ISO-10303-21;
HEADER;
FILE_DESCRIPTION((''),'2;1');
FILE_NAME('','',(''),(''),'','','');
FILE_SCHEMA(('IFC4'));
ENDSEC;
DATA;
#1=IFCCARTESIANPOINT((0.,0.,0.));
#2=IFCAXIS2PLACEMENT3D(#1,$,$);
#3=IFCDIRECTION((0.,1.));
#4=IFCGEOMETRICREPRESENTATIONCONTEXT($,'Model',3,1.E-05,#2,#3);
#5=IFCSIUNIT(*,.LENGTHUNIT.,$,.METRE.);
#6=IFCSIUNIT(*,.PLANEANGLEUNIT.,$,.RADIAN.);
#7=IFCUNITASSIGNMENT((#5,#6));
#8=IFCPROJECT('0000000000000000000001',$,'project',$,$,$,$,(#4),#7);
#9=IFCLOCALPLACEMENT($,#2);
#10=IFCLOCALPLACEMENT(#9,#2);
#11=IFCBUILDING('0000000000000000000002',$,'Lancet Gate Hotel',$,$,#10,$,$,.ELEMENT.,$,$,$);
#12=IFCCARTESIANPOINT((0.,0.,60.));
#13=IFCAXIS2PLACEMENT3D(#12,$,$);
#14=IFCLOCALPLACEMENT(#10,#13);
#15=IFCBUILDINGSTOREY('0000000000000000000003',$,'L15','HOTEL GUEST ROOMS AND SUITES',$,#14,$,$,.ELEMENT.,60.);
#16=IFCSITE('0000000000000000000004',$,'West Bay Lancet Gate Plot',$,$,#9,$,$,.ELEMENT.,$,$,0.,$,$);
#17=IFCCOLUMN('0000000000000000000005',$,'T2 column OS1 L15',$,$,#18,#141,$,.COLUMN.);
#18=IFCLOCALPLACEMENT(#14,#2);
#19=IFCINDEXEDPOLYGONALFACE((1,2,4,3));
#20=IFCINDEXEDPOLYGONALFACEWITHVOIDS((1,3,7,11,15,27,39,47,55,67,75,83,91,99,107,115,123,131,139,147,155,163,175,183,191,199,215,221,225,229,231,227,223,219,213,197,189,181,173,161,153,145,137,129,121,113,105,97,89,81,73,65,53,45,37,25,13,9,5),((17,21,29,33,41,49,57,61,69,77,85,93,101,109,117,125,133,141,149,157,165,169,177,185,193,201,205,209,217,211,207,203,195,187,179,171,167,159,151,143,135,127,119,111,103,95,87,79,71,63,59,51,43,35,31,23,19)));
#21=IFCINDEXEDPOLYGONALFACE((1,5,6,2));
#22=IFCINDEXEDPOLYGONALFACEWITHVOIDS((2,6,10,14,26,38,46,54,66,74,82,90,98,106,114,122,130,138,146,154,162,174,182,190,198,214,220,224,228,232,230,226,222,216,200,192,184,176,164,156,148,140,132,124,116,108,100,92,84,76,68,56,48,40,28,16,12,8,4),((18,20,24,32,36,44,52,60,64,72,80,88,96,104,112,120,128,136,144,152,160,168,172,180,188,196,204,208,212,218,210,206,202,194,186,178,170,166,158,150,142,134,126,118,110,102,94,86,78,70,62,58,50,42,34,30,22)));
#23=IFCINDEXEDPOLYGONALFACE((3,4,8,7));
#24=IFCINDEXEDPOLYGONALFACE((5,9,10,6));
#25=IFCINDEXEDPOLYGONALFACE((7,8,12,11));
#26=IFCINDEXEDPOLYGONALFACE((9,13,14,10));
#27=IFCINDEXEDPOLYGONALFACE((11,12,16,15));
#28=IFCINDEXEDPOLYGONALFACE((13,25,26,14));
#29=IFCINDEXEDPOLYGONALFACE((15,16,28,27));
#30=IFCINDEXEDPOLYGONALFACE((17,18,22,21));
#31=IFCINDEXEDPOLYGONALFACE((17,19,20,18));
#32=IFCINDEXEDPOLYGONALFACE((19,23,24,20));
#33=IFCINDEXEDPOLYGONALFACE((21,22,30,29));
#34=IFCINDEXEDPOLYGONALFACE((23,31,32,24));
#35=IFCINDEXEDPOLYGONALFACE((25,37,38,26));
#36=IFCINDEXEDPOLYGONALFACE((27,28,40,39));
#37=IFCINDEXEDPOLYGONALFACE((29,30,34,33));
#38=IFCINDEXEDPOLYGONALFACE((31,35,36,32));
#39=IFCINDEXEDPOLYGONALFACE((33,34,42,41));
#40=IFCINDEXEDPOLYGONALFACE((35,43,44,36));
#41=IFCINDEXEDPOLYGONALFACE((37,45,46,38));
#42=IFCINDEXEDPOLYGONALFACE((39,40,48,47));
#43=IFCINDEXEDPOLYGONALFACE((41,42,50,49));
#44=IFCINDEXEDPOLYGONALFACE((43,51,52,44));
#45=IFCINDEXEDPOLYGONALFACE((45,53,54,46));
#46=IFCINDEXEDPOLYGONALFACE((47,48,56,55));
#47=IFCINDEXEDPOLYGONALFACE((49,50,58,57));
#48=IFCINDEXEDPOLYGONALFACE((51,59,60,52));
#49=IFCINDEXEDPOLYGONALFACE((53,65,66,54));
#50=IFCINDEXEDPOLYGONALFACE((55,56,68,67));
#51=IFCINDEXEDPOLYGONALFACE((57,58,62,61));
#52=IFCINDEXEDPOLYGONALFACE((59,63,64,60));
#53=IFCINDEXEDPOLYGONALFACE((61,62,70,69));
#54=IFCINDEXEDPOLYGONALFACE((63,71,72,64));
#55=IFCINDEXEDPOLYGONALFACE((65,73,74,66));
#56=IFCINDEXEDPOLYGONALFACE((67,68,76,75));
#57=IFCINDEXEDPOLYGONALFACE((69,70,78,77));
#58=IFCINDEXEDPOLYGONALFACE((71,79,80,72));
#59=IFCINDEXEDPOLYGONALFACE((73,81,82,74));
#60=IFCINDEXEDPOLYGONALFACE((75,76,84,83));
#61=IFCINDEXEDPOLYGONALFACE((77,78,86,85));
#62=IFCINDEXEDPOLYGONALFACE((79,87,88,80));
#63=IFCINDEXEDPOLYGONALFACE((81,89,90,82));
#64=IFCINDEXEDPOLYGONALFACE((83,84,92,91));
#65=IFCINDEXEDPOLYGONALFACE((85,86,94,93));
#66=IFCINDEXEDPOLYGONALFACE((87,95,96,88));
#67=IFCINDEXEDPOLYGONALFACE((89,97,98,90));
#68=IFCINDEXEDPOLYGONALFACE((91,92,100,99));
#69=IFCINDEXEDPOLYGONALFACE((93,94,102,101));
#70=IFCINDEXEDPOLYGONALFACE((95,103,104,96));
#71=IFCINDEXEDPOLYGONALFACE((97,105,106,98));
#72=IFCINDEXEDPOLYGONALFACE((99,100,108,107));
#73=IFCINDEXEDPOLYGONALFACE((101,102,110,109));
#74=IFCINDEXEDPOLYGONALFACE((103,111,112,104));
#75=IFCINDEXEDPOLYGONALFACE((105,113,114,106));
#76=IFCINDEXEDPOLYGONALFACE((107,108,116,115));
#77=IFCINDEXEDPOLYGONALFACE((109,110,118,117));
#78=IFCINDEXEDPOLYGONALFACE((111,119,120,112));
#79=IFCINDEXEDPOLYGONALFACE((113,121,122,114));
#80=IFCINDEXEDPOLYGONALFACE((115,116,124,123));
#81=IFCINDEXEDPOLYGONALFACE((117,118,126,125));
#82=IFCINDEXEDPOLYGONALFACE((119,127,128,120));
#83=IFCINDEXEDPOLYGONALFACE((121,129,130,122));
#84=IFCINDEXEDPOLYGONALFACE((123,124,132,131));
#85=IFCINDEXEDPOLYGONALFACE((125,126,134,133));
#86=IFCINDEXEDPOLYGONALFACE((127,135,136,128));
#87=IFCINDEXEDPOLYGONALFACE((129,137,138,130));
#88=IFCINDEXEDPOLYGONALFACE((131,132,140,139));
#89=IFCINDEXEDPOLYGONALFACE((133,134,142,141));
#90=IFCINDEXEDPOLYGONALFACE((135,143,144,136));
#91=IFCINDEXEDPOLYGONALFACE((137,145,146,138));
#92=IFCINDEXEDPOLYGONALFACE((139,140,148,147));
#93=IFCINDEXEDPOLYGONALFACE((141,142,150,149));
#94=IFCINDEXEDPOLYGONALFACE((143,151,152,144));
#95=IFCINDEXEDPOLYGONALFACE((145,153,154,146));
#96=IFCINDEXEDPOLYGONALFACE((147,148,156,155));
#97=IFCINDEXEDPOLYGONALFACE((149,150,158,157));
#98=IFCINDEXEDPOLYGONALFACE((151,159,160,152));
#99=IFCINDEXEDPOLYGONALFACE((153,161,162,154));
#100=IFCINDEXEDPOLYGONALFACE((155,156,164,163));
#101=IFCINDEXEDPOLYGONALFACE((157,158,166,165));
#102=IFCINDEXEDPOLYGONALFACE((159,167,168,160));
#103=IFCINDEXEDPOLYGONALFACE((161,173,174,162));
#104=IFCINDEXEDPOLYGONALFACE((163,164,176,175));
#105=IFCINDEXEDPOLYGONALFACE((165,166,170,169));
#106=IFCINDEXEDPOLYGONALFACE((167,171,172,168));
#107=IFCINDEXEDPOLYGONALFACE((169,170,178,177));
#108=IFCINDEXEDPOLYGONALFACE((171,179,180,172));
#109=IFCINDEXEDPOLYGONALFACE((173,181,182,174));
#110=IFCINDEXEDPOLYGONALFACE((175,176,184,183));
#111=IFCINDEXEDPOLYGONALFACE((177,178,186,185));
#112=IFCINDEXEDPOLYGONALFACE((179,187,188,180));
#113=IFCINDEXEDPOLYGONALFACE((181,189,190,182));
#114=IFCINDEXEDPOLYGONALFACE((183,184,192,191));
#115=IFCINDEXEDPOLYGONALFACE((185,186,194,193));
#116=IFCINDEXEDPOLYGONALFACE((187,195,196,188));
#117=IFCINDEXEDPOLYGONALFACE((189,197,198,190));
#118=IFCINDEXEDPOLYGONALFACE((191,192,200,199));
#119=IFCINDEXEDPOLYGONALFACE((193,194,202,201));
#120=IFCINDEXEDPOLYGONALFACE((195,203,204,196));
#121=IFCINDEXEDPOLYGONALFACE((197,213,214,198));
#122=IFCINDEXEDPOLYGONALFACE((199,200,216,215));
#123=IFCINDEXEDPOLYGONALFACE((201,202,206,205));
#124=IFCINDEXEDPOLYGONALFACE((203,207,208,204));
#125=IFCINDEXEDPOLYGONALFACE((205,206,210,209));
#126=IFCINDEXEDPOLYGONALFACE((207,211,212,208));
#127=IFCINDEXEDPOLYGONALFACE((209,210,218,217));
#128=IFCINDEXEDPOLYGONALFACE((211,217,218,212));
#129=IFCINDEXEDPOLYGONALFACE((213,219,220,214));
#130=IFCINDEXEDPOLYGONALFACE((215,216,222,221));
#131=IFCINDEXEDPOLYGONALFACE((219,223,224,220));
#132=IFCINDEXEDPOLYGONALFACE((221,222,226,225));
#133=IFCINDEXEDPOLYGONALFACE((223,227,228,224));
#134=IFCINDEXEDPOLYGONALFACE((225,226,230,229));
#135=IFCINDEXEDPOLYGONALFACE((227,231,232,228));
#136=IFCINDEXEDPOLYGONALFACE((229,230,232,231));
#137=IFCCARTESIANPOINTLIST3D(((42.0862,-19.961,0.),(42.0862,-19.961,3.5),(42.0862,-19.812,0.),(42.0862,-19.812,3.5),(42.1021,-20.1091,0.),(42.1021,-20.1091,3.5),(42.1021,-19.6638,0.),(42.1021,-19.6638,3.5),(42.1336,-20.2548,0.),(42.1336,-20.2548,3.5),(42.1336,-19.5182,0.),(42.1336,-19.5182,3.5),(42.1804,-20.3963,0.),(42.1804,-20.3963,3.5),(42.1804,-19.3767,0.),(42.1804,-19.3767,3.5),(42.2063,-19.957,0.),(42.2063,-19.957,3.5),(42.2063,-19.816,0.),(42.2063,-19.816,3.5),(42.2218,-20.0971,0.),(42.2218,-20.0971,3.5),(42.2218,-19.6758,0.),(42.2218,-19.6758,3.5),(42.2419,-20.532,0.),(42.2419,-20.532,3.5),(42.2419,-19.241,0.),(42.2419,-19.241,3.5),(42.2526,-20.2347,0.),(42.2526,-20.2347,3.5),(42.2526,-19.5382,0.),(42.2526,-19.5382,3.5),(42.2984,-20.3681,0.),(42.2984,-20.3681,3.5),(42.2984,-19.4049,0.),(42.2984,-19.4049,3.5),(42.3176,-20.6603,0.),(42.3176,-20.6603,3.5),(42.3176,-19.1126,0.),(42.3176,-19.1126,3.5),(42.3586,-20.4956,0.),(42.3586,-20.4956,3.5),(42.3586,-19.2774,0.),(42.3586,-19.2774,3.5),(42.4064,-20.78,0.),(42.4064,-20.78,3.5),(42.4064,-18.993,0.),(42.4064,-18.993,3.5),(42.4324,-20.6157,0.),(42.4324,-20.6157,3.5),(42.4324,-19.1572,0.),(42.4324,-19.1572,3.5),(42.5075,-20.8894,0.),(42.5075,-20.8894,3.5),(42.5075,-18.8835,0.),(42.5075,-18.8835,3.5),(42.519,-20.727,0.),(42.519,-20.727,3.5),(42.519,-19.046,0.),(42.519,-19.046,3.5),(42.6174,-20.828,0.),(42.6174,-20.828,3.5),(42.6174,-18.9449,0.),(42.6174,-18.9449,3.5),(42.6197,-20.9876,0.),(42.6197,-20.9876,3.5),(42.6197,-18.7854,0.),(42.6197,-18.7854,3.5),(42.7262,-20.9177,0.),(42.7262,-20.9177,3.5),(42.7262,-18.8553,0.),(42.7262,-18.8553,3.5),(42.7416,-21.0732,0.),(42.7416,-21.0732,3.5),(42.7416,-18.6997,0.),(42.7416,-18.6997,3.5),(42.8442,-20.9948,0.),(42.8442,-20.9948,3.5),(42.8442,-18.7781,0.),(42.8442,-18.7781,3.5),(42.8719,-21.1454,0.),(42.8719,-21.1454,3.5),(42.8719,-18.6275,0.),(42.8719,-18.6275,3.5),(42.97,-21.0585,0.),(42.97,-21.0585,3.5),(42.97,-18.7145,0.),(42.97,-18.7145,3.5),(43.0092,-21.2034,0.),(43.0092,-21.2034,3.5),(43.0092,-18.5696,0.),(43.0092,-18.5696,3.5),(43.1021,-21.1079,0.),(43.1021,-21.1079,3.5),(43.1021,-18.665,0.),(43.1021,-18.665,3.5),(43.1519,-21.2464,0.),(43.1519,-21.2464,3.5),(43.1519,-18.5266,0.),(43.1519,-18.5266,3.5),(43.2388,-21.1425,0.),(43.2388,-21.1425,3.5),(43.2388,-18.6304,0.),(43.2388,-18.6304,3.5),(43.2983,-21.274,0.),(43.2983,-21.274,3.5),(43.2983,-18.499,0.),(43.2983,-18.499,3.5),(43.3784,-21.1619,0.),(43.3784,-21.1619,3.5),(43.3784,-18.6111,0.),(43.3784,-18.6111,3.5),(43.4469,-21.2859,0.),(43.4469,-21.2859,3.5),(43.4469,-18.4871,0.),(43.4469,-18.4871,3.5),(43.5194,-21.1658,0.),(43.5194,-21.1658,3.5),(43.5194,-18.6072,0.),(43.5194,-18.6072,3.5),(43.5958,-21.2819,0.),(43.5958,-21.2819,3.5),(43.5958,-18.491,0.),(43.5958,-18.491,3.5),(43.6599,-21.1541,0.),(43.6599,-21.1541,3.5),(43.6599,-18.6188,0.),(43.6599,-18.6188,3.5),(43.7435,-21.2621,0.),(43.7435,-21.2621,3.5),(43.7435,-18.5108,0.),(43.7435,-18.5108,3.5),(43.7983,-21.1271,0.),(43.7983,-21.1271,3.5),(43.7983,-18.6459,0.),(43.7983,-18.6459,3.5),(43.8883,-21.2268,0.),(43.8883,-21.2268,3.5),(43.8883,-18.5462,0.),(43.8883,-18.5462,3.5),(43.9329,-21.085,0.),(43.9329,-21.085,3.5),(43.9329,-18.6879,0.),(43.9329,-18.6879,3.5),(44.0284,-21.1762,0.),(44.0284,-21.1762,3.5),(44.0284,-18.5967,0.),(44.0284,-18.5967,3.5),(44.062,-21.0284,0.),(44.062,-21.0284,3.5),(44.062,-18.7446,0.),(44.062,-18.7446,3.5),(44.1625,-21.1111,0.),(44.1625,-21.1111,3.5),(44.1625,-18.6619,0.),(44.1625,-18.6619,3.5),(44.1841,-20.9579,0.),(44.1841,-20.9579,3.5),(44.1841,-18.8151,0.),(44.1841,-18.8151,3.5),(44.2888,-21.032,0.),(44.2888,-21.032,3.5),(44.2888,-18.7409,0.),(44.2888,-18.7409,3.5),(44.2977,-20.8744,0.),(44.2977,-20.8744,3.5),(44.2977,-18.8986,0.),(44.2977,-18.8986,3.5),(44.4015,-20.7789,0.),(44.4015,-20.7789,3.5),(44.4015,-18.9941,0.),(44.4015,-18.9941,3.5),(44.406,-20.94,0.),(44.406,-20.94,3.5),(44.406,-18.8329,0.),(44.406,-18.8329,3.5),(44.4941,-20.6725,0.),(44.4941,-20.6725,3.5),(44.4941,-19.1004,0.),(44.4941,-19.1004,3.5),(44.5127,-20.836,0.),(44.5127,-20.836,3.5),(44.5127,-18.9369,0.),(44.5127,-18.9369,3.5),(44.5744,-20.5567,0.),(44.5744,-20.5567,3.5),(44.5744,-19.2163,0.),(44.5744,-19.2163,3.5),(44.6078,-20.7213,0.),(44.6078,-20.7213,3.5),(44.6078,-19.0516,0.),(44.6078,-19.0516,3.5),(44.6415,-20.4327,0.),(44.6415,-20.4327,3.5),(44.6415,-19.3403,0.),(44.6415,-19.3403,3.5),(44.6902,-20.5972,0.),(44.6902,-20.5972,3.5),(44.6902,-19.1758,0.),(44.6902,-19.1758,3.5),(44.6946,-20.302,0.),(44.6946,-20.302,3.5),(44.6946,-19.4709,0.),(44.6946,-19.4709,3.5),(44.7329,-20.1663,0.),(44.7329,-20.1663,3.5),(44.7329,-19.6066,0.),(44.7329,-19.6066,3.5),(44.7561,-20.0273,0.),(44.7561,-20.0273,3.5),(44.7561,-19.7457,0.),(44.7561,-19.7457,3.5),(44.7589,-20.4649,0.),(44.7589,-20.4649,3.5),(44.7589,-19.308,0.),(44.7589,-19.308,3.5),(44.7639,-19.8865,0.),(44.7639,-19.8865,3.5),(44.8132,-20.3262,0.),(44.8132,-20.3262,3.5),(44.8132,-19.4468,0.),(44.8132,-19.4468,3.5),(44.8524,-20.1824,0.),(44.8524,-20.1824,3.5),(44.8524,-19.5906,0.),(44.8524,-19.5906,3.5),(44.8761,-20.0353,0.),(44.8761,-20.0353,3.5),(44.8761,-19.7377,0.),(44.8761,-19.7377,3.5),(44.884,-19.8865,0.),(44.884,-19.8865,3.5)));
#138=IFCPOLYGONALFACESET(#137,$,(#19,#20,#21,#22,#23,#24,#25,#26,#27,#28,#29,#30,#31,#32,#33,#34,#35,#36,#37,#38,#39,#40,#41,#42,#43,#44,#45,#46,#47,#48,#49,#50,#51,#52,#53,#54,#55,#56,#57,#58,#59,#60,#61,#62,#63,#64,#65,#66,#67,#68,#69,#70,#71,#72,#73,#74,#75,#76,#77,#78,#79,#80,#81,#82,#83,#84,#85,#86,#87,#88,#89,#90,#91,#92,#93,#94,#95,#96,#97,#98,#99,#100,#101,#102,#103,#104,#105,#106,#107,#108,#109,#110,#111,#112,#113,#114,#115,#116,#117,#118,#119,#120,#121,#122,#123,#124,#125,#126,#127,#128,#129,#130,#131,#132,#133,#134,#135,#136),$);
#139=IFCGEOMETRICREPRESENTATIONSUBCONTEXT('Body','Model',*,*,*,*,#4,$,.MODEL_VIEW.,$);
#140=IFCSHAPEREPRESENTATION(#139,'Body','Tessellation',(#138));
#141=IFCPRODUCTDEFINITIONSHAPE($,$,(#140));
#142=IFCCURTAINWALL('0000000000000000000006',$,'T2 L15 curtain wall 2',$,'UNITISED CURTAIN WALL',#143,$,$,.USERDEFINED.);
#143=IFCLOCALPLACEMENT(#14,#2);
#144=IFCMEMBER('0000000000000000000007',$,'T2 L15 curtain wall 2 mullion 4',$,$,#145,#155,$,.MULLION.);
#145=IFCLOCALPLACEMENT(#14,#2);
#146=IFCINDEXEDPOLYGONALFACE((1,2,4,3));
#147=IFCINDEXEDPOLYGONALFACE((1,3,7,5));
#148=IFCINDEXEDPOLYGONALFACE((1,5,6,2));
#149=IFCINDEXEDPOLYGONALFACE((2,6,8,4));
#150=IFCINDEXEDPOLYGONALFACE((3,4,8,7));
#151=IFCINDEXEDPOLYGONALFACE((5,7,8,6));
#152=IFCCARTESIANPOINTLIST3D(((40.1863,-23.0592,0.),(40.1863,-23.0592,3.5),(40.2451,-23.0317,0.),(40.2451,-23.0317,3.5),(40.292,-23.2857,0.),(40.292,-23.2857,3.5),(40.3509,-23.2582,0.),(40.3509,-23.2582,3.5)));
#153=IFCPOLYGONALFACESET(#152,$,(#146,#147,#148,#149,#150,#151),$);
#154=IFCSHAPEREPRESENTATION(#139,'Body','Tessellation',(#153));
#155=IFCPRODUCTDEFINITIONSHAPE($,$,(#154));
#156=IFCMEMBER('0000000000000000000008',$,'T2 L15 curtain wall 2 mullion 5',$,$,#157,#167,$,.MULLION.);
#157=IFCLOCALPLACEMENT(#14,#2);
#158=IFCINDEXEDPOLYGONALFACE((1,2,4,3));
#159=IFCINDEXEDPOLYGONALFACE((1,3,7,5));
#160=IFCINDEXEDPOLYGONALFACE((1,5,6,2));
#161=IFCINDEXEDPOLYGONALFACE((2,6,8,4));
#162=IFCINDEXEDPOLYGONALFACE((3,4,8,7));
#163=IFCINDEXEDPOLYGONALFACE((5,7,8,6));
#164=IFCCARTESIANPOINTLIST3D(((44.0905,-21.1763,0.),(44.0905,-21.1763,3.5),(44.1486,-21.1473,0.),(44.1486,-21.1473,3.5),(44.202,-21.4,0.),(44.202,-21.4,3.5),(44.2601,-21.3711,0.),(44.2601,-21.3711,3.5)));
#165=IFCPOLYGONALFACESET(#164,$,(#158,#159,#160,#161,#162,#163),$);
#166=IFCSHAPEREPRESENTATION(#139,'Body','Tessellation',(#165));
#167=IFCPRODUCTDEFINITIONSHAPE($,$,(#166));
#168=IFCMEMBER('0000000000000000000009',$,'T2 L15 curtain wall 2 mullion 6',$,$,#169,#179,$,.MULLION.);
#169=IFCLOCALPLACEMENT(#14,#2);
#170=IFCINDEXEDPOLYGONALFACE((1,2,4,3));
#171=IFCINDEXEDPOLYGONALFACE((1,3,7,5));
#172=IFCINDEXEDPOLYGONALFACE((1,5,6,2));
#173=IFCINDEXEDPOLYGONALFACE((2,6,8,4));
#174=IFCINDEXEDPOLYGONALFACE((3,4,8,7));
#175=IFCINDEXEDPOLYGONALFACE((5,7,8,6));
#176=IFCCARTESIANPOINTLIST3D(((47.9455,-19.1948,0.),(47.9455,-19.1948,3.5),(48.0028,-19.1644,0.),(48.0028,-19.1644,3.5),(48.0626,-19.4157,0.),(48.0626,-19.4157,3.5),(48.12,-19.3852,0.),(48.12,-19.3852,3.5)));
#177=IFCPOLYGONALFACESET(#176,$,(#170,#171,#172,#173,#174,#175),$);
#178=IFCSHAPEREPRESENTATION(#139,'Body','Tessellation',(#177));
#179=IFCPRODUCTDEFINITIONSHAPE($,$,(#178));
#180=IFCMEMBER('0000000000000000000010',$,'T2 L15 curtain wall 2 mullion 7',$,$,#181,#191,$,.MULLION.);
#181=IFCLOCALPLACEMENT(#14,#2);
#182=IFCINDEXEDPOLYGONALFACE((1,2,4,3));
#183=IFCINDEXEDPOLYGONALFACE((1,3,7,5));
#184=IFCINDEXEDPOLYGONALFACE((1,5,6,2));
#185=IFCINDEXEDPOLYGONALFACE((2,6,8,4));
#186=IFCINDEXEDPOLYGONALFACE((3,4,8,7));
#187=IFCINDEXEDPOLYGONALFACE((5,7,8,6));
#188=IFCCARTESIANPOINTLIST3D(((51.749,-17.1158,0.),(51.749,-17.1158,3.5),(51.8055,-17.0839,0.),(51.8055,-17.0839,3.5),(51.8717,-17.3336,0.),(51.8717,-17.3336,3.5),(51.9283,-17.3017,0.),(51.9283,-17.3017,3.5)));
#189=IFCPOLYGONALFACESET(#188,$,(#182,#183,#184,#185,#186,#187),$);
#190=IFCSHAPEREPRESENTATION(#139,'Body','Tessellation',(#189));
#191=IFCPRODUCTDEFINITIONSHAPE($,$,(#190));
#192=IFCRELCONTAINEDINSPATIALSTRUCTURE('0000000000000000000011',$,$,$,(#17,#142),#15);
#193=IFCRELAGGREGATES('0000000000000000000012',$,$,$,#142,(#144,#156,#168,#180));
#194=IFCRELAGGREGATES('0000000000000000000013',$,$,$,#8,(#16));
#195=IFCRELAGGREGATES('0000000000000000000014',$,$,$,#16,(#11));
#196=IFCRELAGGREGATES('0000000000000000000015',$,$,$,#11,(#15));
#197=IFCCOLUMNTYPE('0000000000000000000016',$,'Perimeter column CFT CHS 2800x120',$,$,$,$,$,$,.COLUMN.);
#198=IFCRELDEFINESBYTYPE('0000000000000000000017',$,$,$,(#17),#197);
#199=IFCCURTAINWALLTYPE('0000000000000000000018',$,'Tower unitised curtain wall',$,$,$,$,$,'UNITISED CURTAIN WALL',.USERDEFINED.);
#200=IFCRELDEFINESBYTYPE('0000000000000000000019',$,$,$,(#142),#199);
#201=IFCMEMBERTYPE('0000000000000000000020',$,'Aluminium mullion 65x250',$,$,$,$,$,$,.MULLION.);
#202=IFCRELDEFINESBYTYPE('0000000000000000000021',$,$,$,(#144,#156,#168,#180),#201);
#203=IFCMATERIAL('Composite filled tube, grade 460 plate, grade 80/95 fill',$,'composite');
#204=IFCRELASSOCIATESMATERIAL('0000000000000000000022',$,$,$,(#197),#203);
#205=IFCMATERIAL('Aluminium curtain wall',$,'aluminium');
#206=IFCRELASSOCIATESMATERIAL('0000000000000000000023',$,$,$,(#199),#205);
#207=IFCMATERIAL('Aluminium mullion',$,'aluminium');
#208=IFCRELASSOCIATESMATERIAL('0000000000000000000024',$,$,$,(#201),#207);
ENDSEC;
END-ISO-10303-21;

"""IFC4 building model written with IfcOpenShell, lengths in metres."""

from ifc_helpers import new_model, si_unit, direction, frame, origin, origin_2d, place, context, subcontext, project, spatial, rectangle, hollow_circle, extrude, material, material_profile, profile_set, type_object, element, aggregate, save


model = new_model("IFC4")

# Units and contexts
model_context = context("Model", 3, precision=1e-05, world=origin(), true_north=direction((0.0, 1.0)))
body_context = subcontext(model_context, "Body", "Model", "MODEL_VIEW")
ifc_project = project(units=[si_unit("LENGTHUNIT", "METRE"), si_unit("PLANEANGLEUNIT", "RADIAN")], contexts=[model_context])

# Site, building, storey
site_placement = place(None, origin())
site = spatial("IfcSite", under=ifc_project, at=site_placement, Name="West Bay Lancet Gate Plot", CompositionType="ELEMENT", RefElevation=0.0)
building_placement = place(site_placement, origin())
building = spatial("IfcBuilding", under=site, at=building_placement, Name="Lancet Gate Hotel", CompositionType="ELEMENT")
storey_placement = place(building_placement, frame((0.0, 0.0, 60.0)))
storey = spatial("IfcBuildingStorey", under=building, at=storey_placement, Name="L15", Description="HOTEL GUEST ROOMS AND SUITES", CompositionType="ELEMENT", Elevation=60.0)

# Column
ifc_material_1 = material(Name="Composite filled tube, grade 460 plate, grade 80/95 fill", Category="composite")
ifc_material_profile_1 = material_profile(ifc_material_1, hollow_circle(Radius=1.3999, WallThickness=0.1201, at=origin_2d()), Name="CHS 2800x120")
ifc_profile_set_1 = profile_set([ifc_material_profile_1], Name="Composite filled tube, grade 460 plate, grade 80/95 fill")
column_type = type_object("IfcColumnType", Name="Perimeter column CFT CHS 2800x120", PredefinedType="COLUMN", material=ifc_profile_set_1)
column_placement = place(storey_placement, frame((43.4841, -19.8865, 0.0), z_axis=(0.0, 0.0, 1.0), x_axis=(1.0, 0.0, 0.0)))
element("IfcColumn", 1, at=column_placement, inside=storey, type_object=column_type, Name="T2 column OS1 L15", PredefinedType="COLUMN", context=body_context, shape_type="SweptSolid", body=[
    extrude(hollow_circle(Radius=1.3999, WallThickness=0.1201, at=origin_2d()), origin(), (0.0, 0.0, 1.0), 3.5),
])

# Curtain wall, members
ifc_material_2 = material(Name="Aluminium curtain wall", Category="aluminium")
curtain_wall_type = type_object("IfcCurtainWallType", Name="Tower unitised curtain wall", ElementType="UNITISED CURTAIN WALL", PredefinedType="USERDEFINED", material=ifc_material_2)
curtain_wall_placement = place(storey_placement, origin())
curtain_wall = element("IfcCurtainWall", 2, at=curtain_wall_placement, inside=storey, type_object=curtain_wall_type, Name="T2 L15 curtain wall 2", ObjectType="UNITISED CURTAIN WALL", PredefinedType="USERDEFINED")
ifc_material_3 = material(Name="Aluminium mullion", Category="aluminium")
ifc_material_profile_2 = material_profile(ifc_material_3, rectangle(XDim=0.0649, YDim=0.25, at=origin_2d()), Name="MULLION 65x250")
ifc_profile_set_2 = profile_set([ifc_material_profile_2], Name="Aluminium mullion")
member_type_1 = type_object("IfcMemberType", Name="Aluminium mullion 65x250", PredefinedType="MULLION", material=ifc_profile_set_2)
member_1_placement = place(storey_placement, frame((40.2686, -23.1587, 0.0), z_axis=(0.0, 0.0, 1.0), x_axis=(0.906105, 0.423053, 0.0)))
member_1 = element("IfcMember", 3, at=member_1_placement, type_object=member_type_1, Name="T2 L15 curtain wall 2 mullion 4", PredefinedType="MULLION", context=body_context, shape_type="SweptSolid", body=[
    extrude(rectangle(XDim=0.0649, YDim=0.25, at=origin_2d()), origin(), (0.0, 0.0, 1.0), 3.5),
])
member_2_placement = place(storey_placement, frame((44.1753, -21.2737, 0.0), z_axis=(0.0, 0.0, 1.0), x_axis=(0.895044, 0.445978, 0.0)))
member_2 = element("IfcMember", 4, at=member_2_placement, type_object=member_type_1, Name="T2 L15 curtain wall 2 mullion 5", PredefinedType="MULLION", context=body_context, shape_type="SweptSolid", body=[
    extrude(rectangle(XDim=0.0649, YDim=0.25, at=origin_2d()), origin(), (0.0, 0.0, 1.0), 3.5),
])
member_3_placement = place(storey_placement, frame((48.0327, -19.29, 0.0), z_axis=(0.0, 0.0, 1.0), x_axis=(0.883403, 0.468613, 0.0)))
member_3 = element("IfcMember", 5, at=member_3_placement, type_object=member_type_1, Name="T2 L15 curtain wall 2 mullion 6", PredefinedType="MULLION", context=body_context, shape_type="SweptSolid", body=[
    extrude(rectangle(XDim=0.0649, YDim=0.25, at=origin_2d()), origin(), (0.0, 0.0, 1.0), 3.5),
])
member_4_placement = place(storey_placement, frame((51.8386, -17.2087, 0.0), z_axis=(0.0, 0.0, 1.0), x_axis=(0.87119, 0.490945, 0.0)))
member_4 = element("IfcMember", 6, at=member_4_placement, type_object=member_type_1, Name="T2 L15 curtain wall 2 mullion 7", PredefinedType="MULLION", context=body_context, shape_type="SweptSolid", body=[
    extrude(rectangle(XDim=0.0649, YDim=0.25, at=origin_2d()), origin(), (0.0, 0.0, 1.0), 3.5),
])

aggregate(curtain_wall, [member_1, member_2, member_3, member_4])

save(model, "model.ifc")
